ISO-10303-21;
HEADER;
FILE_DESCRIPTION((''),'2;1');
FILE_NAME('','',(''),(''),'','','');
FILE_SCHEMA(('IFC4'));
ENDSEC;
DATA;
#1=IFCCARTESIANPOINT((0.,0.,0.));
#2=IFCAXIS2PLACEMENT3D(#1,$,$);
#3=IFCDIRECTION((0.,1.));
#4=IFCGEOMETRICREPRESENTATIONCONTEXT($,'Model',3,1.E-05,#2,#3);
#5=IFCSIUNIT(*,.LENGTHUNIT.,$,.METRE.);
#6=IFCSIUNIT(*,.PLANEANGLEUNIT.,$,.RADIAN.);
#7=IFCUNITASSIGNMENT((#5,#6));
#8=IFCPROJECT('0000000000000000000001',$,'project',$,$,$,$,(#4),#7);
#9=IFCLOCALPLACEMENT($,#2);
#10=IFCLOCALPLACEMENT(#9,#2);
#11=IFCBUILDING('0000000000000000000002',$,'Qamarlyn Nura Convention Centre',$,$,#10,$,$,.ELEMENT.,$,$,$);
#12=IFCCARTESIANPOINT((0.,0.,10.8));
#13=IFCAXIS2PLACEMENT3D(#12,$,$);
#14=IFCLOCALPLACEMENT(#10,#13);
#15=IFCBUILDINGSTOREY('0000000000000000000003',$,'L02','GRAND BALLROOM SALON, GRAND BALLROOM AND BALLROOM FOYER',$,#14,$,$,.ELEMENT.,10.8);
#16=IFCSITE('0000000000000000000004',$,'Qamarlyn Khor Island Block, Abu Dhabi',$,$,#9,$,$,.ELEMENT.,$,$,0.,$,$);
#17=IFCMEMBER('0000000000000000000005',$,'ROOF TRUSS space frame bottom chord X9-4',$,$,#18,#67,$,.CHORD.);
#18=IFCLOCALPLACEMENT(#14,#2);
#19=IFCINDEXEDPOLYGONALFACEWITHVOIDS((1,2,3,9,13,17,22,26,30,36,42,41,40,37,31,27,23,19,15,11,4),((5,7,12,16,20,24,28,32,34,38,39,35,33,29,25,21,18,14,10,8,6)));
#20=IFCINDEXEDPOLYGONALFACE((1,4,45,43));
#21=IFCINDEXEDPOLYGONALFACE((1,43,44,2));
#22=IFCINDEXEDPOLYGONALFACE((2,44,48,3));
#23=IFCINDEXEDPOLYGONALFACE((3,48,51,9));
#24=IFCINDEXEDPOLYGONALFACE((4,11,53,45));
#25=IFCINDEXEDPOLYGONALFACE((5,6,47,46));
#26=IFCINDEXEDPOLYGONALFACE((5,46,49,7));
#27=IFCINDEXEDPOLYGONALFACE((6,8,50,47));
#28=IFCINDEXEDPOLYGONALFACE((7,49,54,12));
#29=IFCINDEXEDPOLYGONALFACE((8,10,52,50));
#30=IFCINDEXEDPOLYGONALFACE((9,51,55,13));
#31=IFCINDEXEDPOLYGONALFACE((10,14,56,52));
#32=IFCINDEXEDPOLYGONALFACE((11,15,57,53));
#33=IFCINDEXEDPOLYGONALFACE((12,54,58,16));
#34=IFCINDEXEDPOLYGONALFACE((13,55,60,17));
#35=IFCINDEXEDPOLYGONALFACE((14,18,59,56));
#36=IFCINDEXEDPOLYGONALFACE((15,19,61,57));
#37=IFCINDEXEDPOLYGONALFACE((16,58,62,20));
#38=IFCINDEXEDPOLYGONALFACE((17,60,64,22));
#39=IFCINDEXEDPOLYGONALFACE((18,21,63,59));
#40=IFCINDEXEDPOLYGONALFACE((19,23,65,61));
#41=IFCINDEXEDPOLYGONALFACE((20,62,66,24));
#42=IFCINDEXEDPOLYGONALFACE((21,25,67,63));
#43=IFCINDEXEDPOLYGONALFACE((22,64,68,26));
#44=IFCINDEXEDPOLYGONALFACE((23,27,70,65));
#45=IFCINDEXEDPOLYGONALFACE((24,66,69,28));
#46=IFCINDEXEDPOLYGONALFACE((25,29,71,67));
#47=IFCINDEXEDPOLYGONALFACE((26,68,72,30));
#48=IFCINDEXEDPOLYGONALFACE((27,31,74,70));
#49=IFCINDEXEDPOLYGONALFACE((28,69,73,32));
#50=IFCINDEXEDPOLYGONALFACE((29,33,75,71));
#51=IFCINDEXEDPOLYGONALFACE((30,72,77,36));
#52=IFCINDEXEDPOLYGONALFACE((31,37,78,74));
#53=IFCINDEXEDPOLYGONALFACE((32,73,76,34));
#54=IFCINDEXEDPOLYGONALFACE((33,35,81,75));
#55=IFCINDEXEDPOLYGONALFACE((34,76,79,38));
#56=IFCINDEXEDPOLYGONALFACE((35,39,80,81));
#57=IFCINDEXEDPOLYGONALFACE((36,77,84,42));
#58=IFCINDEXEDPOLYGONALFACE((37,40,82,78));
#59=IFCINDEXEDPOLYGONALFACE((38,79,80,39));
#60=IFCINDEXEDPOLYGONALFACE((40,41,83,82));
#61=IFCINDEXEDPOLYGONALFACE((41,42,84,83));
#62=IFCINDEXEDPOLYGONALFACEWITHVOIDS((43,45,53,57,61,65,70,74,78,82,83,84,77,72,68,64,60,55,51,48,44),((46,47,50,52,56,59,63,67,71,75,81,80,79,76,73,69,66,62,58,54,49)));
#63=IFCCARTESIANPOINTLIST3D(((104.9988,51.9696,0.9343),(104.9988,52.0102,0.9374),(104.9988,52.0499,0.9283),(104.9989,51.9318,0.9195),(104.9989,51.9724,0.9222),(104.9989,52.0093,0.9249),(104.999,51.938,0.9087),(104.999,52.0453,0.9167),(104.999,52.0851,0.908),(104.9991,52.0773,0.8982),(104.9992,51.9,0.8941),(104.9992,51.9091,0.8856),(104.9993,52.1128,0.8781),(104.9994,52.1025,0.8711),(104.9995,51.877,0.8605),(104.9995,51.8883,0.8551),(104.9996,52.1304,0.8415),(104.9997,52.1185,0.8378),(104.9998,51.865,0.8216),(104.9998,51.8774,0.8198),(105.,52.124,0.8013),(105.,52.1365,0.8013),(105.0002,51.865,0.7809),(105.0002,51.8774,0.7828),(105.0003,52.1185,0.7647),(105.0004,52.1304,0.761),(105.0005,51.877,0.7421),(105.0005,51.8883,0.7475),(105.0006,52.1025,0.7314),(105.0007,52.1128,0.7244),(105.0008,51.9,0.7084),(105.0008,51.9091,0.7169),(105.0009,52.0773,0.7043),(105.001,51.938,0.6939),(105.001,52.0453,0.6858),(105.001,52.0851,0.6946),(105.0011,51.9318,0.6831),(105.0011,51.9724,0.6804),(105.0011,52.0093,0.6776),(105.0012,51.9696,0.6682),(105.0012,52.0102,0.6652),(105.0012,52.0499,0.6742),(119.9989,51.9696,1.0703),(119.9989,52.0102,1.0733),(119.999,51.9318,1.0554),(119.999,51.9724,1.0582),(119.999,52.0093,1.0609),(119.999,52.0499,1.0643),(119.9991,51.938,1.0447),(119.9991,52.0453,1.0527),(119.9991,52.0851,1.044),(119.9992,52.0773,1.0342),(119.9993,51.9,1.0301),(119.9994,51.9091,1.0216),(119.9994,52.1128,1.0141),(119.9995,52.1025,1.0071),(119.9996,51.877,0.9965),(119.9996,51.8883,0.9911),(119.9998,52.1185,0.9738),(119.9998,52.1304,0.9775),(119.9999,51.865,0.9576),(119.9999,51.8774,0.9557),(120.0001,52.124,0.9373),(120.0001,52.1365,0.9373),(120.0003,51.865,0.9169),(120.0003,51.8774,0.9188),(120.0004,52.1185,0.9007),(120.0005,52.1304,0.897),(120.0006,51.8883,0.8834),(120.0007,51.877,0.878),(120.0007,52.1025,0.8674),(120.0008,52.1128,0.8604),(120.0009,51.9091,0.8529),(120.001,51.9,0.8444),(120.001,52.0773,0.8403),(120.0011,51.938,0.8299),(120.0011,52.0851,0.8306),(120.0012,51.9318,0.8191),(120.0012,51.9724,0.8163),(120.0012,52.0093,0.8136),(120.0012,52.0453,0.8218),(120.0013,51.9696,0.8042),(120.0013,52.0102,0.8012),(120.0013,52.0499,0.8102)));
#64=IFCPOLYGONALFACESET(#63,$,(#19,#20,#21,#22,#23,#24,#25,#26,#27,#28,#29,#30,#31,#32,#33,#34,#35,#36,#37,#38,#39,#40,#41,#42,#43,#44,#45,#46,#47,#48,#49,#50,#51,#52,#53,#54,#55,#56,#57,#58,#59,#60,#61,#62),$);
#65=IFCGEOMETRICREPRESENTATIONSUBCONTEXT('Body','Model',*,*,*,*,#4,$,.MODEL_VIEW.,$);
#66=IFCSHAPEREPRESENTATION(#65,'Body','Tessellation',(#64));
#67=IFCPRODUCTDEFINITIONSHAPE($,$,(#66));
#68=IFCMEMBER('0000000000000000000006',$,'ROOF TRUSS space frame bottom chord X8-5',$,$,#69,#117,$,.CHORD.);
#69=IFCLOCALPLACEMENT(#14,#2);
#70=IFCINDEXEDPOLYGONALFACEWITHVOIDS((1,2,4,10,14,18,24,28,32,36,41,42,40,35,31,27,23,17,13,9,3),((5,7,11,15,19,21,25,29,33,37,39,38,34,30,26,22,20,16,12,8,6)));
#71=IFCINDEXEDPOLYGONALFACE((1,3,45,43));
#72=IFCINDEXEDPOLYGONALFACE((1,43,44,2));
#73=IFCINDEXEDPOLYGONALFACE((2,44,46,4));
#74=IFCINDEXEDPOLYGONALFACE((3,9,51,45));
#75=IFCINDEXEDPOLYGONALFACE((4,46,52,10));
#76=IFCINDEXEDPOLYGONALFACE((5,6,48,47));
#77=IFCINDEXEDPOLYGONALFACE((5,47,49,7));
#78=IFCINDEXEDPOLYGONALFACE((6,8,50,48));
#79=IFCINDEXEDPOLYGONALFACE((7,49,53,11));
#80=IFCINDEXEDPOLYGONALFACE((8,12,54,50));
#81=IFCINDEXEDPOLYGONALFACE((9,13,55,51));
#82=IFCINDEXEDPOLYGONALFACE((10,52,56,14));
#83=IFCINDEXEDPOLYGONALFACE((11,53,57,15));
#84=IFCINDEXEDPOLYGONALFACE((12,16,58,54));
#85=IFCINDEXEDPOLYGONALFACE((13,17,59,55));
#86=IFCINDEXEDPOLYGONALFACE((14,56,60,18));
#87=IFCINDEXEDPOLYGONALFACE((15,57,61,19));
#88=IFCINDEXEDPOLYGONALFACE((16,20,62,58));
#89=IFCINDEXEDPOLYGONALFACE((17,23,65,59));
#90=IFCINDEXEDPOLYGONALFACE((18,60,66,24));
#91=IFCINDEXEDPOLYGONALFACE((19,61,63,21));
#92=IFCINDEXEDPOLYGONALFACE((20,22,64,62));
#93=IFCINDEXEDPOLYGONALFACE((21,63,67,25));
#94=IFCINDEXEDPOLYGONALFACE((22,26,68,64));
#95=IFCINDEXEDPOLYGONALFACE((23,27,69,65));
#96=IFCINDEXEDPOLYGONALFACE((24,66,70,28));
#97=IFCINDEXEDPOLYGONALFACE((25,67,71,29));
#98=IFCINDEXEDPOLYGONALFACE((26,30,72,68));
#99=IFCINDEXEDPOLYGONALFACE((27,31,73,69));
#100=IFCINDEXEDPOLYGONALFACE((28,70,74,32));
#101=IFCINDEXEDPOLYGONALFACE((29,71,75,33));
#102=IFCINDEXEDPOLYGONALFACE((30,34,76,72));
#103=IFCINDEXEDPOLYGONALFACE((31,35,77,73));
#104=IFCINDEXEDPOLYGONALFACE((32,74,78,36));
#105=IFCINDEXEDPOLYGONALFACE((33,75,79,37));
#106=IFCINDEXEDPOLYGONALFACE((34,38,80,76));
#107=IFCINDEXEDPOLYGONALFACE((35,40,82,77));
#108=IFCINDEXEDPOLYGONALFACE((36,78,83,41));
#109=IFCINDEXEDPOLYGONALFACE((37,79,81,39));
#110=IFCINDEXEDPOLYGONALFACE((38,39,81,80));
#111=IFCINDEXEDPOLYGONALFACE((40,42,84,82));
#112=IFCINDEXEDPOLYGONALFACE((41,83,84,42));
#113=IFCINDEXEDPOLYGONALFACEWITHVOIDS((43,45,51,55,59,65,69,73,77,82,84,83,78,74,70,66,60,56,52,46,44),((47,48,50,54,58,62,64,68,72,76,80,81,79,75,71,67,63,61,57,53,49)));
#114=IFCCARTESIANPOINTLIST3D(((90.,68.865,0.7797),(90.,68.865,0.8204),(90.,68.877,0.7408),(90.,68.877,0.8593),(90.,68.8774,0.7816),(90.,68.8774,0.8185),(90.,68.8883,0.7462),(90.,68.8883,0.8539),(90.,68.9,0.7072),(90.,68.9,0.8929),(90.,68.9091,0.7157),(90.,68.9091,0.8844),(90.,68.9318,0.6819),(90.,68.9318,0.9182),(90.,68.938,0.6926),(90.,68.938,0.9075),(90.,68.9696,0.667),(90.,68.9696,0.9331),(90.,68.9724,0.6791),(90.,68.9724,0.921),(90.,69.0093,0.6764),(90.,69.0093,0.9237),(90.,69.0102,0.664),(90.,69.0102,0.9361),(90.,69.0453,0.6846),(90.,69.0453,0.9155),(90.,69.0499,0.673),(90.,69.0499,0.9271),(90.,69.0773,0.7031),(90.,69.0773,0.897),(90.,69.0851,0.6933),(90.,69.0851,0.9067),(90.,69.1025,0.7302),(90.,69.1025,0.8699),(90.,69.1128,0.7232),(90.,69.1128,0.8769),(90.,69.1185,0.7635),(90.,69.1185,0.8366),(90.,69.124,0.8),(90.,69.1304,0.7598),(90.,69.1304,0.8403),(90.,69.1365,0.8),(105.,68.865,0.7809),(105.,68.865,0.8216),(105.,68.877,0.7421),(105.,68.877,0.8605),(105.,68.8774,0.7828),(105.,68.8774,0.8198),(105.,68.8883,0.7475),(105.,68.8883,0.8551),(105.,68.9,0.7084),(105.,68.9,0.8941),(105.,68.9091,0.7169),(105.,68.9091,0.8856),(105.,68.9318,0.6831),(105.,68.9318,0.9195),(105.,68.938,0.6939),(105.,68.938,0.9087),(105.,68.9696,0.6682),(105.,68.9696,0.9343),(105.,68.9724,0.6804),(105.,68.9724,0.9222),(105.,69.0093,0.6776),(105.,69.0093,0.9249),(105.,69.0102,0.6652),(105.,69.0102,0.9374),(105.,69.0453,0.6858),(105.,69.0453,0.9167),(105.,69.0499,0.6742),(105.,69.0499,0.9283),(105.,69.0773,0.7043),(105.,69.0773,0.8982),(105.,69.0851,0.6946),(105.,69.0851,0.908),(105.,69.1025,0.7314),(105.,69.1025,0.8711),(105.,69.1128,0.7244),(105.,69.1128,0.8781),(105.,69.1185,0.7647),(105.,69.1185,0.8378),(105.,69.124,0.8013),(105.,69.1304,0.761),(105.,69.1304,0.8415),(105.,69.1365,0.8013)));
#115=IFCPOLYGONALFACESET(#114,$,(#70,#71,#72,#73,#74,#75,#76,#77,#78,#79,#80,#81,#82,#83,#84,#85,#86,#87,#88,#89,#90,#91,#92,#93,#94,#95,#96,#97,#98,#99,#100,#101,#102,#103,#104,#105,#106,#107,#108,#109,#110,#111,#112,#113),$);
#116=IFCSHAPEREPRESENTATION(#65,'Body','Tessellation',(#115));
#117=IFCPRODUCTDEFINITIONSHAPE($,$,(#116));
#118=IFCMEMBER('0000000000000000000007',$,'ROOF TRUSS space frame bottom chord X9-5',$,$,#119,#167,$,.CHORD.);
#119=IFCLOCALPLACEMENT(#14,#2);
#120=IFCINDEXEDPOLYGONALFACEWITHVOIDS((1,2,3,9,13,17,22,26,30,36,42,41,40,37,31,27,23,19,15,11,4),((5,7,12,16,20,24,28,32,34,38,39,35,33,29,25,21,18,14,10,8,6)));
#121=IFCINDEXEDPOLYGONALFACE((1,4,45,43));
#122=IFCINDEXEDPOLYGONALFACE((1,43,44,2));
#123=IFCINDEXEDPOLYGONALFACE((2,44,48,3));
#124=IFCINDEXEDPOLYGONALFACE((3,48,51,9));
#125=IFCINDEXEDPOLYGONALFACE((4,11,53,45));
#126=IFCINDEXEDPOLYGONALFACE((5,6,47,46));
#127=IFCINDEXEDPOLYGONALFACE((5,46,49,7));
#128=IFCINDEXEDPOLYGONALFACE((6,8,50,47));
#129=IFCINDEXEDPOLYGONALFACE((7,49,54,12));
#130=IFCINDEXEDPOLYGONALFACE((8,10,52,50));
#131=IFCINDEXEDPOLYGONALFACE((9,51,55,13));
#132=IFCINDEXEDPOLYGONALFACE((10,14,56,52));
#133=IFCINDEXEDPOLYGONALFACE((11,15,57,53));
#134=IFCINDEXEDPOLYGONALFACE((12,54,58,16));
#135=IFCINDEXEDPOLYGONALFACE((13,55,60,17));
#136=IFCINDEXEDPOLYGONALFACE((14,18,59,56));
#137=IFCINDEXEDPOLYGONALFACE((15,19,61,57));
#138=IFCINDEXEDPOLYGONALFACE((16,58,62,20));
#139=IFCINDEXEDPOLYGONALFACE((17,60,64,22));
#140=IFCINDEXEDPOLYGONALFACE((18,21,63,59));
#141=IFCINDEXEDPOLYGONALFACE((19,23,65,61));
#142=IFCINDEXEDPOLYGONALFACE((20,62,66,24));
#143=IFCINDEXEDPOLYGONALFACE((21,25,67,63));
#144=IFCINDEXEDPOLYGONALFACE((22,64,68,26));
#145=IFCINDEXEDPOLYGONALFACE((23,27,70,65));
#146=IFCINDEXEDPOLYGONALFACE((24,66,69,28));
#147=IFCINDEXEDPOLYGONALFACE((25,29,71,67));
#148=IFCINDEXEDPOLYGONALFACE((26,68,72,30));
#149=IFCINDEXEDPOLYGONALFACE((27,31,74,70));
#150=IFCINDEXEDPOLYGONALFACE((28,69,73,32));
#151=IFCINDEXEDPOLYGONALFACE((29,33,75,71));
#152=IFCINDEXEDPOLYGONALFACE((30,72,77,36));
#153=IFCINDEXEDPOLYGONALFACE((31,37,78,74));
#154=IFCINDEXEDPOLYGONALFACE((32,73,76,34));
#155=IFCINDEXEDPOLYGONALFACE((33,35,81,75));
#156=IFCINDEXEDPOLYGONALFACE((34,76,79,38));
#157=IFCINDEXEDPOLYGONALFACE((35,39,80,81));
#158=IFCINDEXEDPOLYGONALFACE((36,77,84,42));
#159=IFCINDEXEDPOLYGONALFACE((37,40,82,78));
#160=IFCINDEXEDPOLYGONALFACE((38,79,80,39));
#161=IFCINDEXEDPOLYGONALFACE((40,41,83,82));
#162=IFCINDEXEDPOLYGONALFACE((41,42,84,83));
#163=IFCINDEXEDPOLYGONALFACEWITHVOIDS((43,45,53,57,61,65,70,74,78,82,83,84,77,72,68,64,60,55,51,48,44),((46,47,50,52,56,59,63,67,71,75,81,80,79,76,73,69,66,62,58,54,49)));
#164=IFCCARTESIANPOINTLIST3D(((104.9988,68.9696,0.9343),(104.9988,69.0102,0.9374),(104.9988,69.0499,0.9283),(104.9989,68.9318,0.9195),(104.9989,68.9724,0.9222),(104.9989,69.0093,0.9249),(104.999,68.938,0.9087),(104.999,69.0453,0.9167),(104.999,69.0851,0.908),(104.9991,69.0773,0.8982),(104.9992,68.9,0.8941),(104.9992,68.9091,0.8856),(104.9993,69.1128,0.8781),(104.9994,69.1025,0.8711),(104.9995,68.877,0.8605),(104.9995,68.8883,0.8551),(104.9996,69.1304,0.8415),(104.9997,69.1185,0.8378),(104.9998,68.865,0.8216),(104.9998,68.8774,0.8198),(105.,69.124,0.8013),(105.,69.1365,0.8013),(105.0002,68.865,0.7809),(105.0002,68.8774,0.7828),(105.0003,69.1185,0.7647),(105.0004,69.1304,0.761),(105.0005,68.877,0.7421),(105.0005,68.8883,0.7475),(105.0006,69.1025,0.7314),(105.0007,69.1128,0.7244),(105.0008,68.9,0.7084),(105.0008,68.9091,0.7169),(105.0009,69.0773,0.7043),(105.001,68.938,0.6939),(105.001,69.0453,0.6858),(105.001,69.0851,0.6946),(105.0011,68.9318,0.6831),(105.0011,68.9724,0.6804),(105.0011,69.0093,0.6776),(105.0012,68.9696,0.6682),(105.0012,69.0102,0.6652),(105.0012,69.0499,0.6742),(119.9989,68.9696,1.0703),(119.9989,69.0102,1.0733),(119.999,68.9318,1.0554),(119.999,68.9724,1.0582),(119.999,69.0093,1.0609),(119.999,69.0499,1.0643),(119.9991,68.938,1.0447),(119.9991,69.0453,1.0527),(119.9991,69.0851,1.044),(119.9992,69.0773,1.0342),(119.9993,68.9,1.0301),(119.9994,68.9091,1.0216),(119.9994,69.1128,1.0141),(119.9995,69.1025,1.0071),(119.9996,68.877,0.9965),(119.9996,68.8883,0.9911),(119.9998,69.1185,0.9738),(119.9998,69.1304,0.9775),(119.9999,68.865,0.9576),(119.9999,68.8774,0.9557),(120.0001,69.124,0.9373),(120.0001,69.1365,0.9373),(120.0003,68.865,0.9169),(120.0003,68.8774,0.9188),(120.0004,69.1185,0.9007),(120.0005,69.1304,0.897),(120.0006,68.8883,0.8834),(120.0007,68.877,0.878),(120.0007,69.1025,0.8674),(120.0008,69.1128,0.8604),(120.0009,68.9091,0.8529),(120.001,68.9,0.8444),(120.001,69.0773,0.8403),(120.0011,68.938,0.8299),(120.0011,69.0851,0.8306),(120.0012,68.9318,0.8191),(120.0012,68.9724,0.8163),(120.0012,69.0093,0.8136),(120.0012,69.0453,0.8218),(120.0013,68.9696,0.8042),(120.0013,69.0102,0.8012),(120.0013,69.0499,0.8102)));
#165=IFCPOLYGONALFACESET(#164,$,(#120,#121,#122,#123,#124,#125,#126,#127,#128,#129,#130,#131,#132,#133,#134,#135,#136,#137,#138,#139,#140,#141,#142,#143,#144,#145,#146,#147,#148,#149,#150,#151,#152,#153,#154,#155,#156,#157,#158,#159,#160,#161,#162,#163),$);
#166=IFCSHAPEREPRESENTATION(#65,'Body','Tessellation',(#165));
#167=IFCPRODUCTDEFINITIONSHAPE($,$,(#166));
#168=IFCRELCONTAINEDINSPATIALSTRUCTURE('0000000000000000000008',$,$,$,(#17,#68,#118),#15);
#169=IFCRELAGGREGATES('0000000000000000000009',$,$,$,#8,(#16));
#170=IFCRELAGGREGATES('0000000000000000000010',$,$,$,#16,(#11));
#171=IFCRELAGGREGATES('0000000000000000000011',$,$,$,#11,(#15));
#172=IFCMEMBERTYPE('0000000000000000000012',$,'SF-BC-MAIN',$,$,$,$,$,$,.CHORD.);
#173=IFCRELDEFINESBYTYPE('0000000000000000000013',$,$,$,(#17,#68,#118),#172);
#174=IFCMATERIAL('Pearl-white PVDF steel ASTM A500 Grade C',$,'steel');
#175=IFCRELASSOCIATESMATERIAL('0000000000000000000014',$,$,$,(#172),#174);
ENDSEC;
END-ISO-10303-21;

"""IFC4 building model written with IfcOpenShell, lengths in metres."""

from ifc_helpers import new_model, si_unit, direction, frame, origin, origin_2d, place, context, subcontext, project, spatial, hollow_circle, extrude, material, material_profile, profile_set, type_object, element, save


model = new_model("IFC4")

# Units and contexts
model_context = context("Model", 3, precision=1e-05, world=origin(), true_north=direction((0.0, 1.0)))
body_context = subcontext(model_context, "Body", "Model", "MODEL_VIEW")
ifc_project = project(units=[si_unit("LENGTHUNIT", "METRE"), si_unit("PLANEANGLEUNIT", "RADIAN")], contexts=[model_context])

# Site, building, storey
site_placement = place(None, origin())
site = spatial("IfcSite", under=ifc_project, at=site_placement, Name="Qamarlyn Khor Island Block, Abu Dhabi", CompositionType="ELEMENT", RefElevation=0.0)
building_placement = place(site_placement, origin())
building = spatial("IfcBuilding", under=site, at=building_placement, Name="Qamarlyn Nura Convention Centre", CompositionType="ELEMENT")
storey_placement = place(building_placement, frame((0.0, 0.0, 10.8)))
storey = spatial("IfcBuildingStorey", under=building, at=storey_placement, Name="L02", Description="GRAND BALLROOM SALON, GRAND BALLROOM AND BALLROOM FOYER", CompositionType="ELEMENT", Elevation=10.8)

# Members
ifc_material_1 = material(Name="Pearl-white PVDF steel ASTM A500 Grade C", Category="steel")
ifc_material_profile_1 = material_profile(ifc_material_1, hollow_circle(Radius=0.1365, WallThickness=0.0125, at=origin_2d()), Name="CHS273X12.5")
ifc_profile_set_1 = profile_set([ifc_material_profile_1], Name="Pearl-white PVDF steel ASTM A500 Grade C")
member_type_1 = type_object("IfcMemberType", Name="SF-BC-MAIN", PredefinedType="CHORD", material=ifc_profile_set_1)
member_1_placement = place(storey_placement, frame((105.0, 52.0, 0.8013), z_axis=(0.999959, 0.0, 0.009065), x_axis=(0.0, 1.0, 0.0)))
element("IfcMember", 1, at=member_1_placement, inside=storey, type_object=member_type_1, Name="ROOF TRUSS space frame bottom chord X9-4", PredefinedType="CHORD", context=body_context, shape_type="SweptSolid", body=[
    extrude(hollow_circle(Radius=0.1365, WallThickness=0.0125, at=origin_2d()), origin(), (0.0, 0.0, 1.0), 15.0007),
])
member_2_placement = place(storey_placement, frame((90.0, 69.0, 0.8), z_axis=(1.0, 0.0, 0.000081), x_axis=(0.0, 1.0, 0.0)))
element("IfcMember", 2, at=member_2_placement, inside=storey, type_object=member_type_1, Name="ROOF TRUSS space frame bottom chord X8-5", PredefinedType="CHORD", context=body_context, shape_type="SweptSolid", body=[
    extrude(hollow_circle(Radius=0.1365, WallThickness=0.0125, at=origin_2d()), origin(), (0.0, 0.0, 1.0), 15.0),
])
member_3_placement = place(storey_placement, frame((105.0, 69.0, 0.8013), z_axis=(0.999959, 0.0, 0.009065), x_axis=(0.0, 1.0, 0.0)))
element("IfcMember", 3, at=member_3_placement, inside=storey, type_object=member_type_1, Name="ROOF TRUSS space frame bottom chord X9-5", PredefinedType="CHORD", context=body_context, shape_type="SweptSolid", body=[
    extrude(hollow_circle(Radius=0.1365, WallThickness=0.0125, at=origin_2d()), origin(), (0.0, 0.0, 1.0), 15.0007),
])

save(model, "model.ifc")
